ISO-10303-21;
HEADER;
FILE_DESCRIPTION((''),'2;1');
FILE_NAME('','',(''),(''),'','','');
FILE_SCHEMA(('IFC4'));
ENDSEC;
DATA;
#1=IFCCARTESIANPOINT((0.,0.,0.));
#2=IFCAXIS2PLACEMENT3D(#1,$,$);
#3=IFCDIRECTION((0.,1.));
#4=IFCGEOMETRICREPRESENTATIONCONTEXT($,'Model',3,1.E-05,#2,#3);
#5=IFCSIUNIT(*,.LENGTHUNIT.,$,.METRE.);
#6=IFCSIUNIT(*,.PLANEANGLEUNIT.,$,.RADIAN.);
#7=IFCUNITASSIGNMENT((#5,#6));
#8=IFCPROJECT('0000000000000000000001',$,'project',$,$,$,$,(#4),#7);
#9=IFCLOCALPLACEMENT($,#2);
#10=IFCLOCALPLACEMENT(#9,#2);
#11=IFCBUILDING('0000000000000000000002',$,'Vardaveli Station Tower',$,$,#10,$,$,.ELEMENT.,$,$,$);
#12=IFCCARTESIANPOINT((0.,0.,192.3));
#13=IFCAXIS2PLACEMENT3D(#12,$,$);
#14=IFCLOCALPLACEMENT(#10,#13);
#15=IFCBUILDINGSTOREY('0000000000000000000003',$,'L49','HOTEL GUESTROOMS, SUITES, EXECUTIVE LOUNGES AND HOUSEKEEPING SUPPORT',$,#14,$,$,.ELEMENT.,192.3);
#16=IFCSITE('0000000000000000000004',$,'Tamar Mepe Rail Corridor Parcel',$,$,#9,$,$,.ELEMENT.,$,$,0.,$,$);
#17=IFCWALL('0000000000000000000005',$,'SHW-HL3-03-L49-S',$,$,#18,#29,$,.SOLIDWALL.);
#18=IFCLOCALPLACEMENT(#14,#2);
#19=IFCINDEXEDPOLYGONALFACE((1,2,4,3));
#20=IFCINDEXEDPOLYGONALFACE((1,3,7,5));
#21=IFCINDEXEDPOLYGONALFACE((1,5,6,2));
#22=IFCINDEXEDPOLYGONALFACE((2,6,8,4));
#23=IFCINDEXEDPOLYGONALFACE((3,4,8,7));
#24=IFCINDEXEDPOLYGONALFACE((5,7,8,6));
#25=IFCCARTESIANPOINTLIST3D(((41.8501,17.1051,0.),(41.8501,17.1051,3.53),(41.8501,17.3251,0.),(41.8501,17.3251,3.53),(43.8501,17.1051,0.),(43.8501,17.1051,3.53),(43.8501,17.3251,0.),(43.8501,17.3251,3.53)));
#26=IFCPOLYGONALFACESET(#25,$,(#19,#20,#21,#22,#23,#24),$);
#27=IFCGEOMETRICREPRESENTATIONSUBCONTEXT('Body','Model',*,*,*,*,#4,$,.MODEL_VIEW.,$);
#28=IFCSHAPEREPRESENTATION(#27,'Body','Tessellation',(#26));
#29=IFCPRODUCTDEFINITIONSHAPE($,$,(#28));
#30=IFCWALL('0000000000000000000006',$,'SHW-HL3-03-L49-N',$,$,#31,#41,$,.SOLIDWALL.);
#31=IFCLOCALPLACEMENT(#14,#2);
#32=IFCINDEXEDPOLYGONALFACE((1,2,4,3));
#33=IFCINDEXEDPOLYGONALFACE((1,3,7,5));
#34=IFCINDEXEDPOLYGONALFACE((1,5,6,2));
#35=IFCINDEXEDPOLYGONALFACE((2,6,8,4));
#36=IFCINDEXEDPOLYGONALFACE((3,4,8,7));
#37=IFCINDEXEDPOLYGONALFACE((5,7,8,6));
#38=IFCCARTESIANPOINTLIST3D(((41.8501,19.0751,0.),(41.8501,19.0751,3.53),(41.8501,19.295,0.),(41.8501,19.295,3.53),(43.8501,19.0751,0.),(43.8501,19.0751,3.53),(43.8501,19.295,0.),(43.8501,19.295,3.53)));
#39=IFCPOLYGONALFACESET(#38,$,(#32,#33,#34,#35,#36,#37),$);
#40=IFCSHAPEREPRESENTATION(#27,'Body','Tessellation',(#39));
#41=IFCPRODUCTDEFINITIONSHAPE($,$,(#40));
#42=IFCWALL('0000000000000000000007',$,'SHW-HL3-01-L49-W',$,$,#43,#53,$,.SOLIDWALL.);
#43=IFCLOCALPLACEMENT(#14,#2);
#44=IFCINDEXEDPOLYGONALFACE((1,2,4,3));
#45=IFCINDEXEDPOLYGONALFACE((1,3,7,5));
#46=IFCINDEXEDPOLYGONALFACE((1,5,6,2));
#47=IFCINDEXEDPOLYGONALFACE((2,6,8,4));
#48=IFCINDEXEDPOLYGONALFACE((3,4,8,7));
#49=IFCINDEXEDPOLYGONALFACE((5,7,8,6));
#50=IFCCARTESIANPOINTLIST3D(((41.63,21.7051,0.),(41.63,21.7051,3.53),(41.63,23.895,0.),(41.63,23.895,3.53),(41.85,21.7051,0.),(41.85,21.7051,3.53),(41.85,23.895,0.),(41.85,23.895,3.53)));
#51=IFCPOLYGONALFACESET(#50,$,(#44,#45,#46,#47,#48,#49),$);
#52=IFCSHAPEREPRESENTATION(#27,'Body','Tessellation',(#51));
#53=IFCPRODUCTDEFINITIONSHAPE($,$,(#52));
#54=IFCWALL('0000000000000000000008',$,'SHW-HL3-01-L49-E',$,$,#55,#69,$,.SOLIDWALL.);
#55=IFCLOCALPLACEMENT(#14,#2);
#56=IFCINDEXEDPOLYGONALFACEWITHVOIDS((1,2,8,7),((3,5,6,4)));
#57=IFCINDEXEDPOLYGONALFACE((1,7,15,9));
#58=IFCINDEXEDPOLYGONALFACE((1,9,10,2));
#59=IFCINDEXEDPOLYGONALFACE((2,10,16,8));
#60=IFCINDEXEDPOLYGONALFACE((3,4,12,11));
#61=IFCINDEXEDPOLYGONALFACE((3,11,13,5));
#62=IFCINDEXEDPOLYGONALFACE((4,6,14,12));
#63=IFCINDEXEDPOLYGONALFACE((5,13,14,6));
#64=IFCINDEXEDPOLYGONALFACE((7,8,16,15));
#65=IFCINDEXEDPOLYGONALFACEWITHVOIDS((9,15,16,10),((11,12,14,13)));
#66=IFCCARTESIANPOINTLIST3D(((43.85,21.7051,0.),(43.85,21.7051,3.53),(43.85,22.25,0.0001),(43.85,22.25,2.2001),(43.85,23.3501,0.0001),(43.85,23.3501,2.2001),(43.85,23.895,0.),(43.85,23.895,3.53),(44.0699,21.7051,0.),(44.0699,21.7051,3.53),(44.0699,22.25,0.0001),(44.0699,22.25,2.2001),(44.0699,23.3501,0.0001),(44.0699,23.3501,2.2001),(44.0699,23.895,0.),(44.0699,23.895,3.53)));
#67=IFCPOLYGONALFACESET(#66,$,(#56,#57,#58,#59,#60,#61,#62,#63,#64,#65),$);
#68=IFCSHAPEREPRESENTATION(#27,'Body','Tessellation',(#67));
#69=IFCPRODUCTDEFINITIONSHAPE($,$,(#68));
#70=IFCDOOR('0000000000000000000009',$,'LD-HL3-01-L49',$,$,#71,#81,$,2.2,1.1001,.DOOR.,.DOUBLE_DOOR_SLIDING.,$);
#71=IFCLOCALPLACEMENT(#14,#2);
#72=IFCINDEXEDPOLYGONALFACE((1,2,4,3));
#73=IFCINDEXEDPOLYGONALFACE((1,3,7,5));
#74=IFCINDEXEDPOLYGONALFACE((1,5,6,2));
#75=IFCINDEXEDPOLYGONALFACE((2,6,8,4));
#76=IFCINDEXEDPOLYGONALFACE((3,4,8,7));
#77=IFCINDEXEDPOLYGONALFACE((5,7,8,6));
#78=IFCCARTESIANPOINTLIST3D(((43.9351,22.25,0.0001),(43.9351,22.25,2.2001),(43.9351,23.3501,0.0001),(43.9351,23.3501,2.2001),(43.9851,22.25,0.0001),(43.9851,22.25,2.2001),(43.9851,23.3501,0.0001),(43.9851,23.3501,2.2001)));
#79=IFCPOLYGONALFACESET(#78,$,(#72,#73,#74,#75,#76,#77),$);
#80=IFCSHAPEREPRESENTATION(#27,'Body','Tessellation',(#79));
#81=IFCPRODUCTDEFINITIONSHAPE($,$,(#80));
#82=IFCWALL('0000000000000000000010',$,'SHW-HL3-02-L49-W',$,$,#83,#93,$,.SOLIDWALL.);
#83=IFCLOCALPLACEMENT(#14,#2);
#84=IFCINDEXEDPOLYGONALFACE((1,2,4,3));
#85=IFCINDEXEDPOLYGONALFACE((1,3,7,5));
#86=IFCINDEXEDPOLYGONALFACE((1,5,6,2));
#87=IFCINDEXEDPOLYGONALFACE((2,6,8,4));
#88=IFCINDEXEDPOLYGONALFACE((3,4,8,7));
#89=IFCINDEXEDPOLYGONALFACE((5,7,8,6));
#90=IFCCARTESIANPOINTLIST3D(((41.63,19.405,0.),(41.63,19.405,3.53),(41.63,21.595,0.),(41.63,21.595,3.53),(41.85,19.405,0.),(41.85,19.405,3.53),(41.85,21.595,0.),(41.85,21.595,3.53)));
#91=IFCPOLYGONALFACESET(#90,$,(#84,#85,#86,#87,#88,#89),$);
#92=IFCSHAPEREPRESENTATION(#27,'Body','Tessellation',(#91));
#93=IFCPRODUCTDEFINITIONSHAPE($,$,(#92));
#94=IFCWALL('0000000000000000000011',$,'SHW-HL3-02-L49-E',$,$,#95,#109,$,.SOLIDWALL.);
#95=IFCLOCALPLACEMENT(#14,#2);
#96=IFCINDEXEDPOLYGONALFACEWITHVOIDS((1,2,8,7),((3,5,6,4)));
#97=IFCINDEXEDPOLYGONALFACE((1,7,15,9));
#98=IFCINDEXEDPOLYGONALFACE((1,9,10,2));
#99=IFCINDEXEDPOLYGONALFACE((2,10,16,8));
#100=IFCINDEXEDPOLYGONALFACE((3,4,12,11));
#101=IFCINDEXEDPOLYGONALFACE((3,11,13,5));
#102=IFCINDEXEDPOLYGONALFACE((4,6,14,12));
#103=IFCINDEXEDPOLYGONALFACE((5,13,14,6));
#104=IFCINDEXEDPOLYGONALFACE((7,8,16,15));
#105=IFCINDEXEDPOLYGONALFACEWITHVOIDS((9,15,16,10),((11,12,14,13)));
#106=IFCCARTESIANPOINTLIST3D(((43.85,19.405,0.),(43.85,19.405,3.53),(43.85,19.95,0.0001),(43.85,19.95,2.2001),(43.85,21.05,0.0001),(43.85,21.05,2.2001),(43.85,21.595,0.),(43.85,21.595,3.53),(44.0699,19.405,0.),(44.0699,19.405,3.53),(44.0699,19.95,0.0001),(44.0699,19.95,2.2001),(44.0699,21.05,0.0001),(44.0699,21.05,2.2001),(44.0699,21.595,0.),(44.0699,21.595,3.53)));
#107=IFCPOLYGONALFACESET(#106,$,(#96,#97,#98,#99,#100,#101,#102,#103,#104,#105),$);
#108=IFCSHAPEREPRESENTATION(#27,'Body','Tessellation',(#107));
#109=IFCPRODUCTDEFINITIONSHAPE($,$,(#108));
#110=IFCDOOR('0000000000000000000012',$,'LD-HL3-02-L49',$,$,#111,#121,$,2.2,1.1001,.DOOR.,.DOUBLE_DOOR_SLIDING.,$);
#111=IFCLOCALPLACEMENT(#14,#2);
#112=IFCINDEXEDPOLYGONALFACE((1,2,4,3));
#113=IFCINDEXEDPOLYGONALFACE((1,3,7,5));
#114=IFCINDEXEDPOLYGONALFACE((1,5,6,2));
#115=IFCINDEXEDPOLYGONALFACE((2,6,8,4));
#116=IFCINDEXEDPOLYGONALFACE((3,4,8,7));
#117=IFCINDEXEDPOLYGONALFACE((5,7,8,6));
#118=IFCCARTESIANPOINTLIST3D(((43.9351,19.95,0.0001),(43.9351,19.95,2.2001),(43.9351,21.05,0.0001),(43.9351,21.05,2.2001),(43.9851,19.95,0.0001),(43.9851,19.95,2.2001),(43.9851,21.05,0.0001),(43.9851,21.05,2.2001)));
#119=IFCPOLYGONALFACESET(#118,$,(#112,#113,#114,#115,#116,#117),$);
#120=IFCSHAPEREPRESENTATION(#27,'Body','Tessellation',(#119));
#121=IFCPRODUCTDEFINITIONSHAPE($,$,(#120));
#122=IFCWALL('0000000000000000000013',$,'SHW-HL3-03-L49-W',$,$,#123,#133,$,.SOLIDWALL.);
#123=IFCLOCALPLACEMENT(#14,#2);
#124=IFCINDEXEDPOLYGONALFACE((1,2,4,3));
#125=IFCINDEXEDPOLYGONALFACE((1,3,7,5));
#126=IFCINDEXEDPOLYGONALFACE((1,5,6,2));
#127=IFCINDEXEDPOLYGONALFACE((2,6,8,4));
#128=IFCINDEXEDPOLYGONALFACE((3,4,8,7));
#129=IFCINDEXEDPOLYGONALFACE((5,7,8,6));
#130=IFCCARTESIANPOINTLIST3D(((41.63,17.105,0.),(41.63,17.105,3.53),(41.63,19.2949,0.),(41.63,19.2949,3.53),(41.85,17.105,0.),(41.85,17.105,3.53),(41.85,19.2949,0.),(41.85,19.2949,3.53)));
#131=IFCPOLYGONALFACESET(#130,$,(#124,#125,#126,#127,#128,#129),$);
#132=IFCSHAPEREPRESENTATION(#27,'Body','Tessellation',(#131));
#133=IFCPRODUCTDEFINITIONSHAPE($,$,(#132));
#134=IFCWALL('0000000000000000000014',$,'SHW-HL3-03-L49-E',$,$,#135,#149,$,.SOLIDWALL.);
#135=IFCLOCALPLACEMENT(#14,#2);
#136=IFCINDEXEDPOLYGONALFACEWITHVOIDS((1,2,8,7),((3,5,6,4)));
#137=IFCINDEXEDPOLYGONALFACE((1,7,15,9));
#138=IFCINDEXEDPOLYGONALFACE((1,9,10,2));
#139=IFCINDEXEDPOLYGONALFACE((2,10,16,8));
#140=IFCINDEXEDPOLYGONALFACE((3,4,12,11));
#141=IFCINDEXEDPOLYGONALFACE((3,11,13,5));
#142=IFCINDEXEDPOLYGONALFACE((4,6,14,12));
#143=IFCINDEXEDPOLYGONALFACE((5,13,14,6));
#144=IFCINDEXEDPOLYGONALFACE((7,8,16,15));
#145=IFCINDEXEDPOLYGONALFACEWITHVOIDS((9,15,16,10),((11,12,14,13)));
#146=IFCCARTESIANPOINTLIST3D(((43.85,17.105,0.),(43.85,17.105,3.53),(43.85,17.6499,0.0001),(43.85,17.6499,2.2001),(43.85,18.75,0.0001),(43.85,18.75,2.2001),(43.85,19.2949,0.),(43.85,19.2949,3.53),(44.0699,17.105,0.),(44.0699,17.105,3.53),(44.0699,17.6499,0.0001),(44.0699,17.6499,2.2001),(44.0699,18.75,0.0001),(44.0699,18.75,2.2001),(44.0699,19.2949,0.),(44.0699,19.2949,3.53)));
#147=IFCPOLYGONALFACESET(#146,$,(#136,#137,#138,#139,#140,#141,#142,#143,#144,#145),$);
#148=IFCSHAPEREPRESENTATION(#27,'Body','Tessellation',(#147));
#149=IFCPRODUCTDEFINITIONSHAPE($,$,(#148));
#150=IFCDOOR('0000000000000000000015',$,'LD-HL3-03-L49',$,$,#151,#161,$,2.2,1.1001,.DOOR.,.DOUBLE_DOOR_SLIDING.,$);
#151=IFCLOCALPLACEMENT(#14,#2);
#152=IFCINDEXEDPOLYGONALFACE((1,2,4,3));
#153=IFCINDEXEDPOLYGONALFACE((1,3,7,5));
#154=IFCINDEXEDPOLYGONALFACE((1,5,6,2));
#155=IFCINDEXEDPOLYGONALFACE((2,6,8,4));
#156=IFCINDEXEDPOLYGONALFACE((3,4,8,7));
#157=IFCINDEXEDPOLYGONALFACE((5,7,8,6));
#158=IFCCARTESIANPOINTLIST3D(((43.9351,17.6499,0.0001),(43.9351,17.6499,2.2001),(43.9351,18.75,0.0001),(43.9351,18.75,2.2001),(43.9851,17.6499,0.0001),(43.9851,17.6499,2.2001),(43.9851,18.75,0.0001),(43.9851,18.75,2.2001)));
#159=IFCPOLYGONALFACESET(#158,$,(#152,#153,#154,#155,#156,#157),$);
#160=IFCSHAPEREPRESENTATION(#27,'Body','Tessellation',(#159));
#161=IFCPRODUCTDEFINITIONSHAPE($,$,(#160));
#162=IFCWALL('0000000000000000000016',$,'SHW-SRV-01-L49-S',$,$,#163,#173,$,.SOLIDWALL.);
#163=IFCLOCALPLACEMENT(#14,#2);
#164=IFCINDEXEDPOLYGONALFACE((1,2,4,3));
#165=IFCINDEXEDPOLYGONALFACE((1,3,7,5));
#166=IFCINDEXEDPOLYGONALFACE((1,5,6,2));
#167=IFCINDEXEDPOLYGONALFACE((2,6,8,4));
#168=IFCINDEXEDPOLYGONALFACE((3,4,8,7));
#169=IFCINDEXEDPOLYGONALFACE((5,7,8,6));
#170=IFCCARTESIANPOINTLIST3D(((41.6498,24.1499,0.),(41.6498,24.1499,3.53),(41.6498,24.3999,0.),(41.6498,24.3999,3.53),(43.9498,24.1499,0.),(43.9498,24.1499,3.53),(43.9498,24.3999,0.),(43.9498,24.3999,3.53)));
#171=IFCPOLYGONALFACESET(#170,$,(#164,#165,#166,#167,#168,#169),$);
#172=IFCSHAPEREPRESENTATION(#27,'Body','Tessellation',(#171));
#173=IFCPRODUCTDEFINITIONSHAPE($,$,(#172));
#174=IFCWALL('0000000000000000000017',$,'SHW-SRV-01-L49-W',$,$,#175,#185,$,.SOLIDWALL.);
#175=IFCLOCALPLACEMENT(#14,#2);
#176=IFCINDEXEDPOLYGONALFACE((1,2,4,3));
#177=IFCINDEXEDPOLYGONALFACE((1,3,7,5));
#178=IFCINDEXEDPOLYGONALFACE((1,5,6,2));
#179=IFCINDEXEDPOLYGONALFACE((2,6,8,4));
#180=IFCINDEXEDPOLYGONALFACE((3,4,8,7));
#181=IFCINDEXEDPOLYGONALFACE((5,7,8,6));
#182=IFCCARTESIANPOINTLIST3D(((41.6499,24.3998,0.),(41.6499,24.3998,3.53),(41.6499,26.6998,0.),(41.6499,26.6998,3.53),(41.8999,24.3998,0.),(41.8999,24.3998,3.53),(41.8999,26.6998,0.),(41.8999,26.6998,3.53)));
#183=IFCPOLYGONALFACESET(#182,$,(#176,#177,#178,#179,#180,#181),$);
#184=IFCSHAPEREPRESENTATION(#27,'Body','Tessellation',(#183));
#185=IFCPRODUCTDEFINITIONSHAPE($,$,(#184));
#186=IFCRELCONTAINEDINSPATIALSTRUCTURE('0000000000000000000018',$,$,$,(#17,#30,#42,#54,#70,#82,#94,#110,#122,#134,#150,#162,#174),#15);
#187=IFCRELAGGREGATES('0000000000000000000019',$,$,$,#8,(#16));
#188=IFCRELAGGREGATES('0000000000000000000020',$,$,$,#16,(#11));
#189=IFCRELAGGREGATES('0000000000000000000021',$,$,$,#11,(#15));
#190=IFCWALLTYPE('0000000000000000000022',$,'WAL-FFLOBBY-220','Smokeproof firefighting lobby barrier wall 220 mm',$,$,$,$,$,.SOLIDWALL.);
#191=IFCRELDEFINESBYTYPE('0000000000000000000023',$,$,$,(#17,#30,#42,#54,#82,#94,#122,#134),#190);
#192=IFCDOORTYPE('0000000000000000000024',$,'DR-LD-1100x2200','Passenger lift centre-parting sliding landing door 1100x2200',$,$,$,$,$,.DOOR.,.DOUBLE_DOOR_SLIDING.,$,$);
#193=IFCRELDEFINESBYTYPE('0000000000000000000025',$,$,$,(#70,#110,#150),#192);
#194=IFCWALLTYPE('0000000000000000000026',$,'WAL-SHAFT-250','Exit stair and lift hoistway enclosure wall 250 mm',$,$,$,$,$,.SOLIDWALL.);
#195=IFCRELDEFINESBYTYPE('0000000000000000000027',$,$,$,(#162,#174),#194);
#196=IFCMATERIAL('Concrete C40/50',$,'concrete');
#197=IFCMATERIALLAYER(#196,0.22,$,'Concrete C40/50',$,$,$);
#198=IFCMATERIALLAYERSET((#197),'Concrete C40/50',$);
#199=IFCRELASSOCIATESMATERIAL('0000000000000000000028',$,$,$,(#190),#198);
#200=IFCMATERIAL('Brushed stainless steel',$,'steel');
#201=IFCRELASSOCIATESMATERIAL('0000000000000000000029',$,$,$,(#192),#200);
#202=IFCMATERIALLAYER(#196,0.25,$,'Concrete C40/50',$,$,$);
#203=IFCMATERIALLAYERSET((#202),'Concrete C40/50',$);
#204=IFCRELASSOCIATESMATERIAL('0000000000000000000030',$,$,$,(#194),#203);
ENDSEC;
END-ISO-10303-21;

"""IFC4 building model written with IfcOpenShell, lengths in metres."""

from ifc_helpers import new_model, si_unit, direction, frame, frame_2d, origin, place, context, subcontext, project, spatial, rectangle, extrude, source, transform, mapped, material, layer, layer_set, type_object, element, fill, save


model = new_model("IFC4")

# Units and contexts
model_context = context("Model", 3, precision=1e-05, world=origin(), true_north=direction((0.0, 1.0)))
body_context = subcontext(model_context, "Body", "Model", "MODEL_VIEW")
ifc_project = project(units=[si_unit("LENGTHUNIT", "METRE"), si_unit("PLANEANGLEUNIT", "RADIAN")], contexts=[model_context])

# Site, building, storey
site_placement = place(None, origin())
site = spatial("IfcSite", under=ifc_project, at=site_placement, Name="Tamar Mepe Rail Corridor Parcel", CompositionType="ELEMENT", RefElevation=0.0)
building_placement = place(site_placement, origin())
building = spatial("IfcBuilding", under=site, at=building_placement, Name="Vardaveli Station Tower", CompositionType="ELEMENT")
storey_placement = place(building_placement, frame((0.0, 0.0, 192.3)))
storey = spatial("IfcBuildingStorey", under=building, at=storey_placement, Name="L49", Description="HOTEL GUESTROOMS, SUITES, EXECUTIVE LOUNGES AND HOUSEKEEPING SUPPORT", CompositionType="ELEMENT", Elevation=192.3)

# Walls
ifc_material_1 = material(Name="Concrete C40/50", Category="concrete")
ifc_layer_1 = layer(ifc_material_1, 0.22, Name="Concrete C40/50")
ifc_layer_set_1 = layer_set([ifc_layer_1], Name="Concrete C40/50")
wall_type_1 = type_object("IfcWallType", Name="WAL-FFLOBBY-220", Description="Smokeproof firefighting lobby barrier wall 220 mm", PredefinedType="SOLIDWALL", material=ifc_layer_set_1)
shared_shape_1 = source(origin(), body_context, "Body", "SweptSolid", [
    extrude(rectangle(XDim=2.0, YDim=0.22, at=frame_2d((1.0, 0.0))), origin(), (0.0, 0.0, 1.0), 3.53),
])
for number, where, z_axis, x_axis, name in (
    (1, (41.8501, 17.2151, 0.0), (0.0, 0.0, 1.0), (1.0, 0.0, 0.0), "SHW-HL3-03-L49-S"),
    (2, (41.8501, 19.1851, 0.0), (0.0, 0.0, 1.0), (1.0, 0.0, 0.0), "SHW-HL3-03-L49-N"),
):
    element("IfcWall", number, at=place(storey_placement, frame(where, z_axis=z_axis, x_axis=x_axis)), inside=storey, type_object=wall_type_1, Name=name, PredefinedType="SOLIDWALL", context=body_context, shape_type="MappedRepresentation", body=[
        mapped(shared_shape_1, transform((0.0, 0.0, 0.0), scale=1.0)),
    ])
shared_shape_2 = source(origin(), body_context, "Body", "SweptSolid", [
    extrude(rectangle(XDim=2.1899, YDim=0.22, at=frame_2d((1.095, 0.0))), origin(), (0.0, 0.0, 1.0), 3.53),
])
wall_1_placement = place(storey_placement, frame((41.74, 21.7051, 0.0), z_axis=(0.0, 0.0, 1.0), x_axis=(0.0, 1.0, 0.0)))
element("IfcWall", 3, at=wall_1_placement, inside=storey, type_object=wall_type_1, Name="SHW-HL3-01-L49-W", PredefinedType="SOLIDWALL", context=body_context, shape_type="MappedRepresentation", body=[
    mapped(shared_shape_2, transform((0.0, 0.0, 0.0), scale=1.0)),
])

# Wall, opening, door
wall_2_placement = place(storey_placement, frame((43.96, 21.7051, 0.0), z_axis=(0.0, 0.0, 1.0), x_axis=(0.0, 1.0, 0.0)))
wall_2 = element("IfcWall", 4, at=wall_2_placement, inside=storey, type_object=wall_type_1, Name="SHW-HL3-01-L49-E", PredefinedType="SOLIDWALL", context=body_context, shape_type="MappedRepresentation", body=[
    mapped(shared_shape_2, transform((0.0, 0.0, 0.0), scale=1.0)),
])
shared_shape_3 = source(origin(), body_context, "Body", "SweptSolid", [
    extrude(rectangle(XDim=1.1001, YDim=2.2, at=frame_2d((0.55, 1.1001))), frame((0.0, 0.1201, 0.0), z_axis=(0.0, -1.0, 0.0), x_axis=(1.0, 0.0, 0.0)), (0.0, 0.0, 1.0), 0.24),
])
opening_1_placement = place(wall_2_placement, frame((0.5449, 0.0, 0.0)))
opening_1 = element("IfcOpeningElement", 5, at=opening_1_placement, cuts=wall_2, PredefinedType="OPENING", context=body_context, shape_type="MappedRepresentation", body=[
    mapped(shared_shape_3, transform((0.0, 0.0, 0.0), scale=1.0)),
])
ifc_material_2 = material(Name="Brushed stainless steel", Category="steel")
door_type = type_object("IfcDoorType", Name="DR-LD-1100x2200", Description="Passenger lift centre-parting sliding landing door 1100x2200", OperationType="DOUBLE_DOOR_SLIDING", PredefinedType="DOOR", material=ifc_material_2)
shared_shape_4 = source(origin(), body_context, "Body", "SweptSolid", [
    extrude(rectangle(XDim=1.1001, YDim=2.2, at=frame_2d((0.55, 1.1001))), frame((0.0, 0.0249, 0.0), z_axis=(0.0, -1.0, 0.0), x_axis=(1.0, 0.0, 0.0)), (0.0, 0.0, 1.0), 0.05),
])
door_1_placement = place(opening_1_placement, origin())
door_1 = element("IfcDoor", 6, at=door_1_placement, inside=storey, type_object=door_type, Name="LD-HL3-01-L49", OperationType="DOUBLE_DOOR_SLIDING", OverallHeight=2.2, OverallWidth=1.1001, PredefinedType="DOOR", context=body_context, shape_type="MappedRepresentation", body=[
    mapped(shared_shape_4, transform((0.0, 0.0, 0.0), scale=1.0)),
])
fill(opening_1, door_1)

# Wall
wall_3_placement = place(storey_placement, frame((41.74, 19.405, 0.0), z_axis=(0.0, 0.0, 1.0), x_axis=(0.0, 1.0, 0.0)))
element("IfcWall", 7, at=wall_3_placement, inside=storey, type_object=wall_type_1, Name="SHW-HL3-02-L49-W", PredefinedType="SOLIDWALL", context=body_context, shape_type="MappedRepresentation", body=[
    mapped(shared_shape_2, transform((0.0, 0.0, 0.0), scale=1.0)),
])

# Wall, opening, door
wall_4_placement = place(storey_placement, frame((43.96, 19.405, 0.0), z_axis=(0.0, 0.0, 1.0), x_axis=(0.0, 1.0, 0.0)))
wall_4 = element("IfcWall", 8, at=wall_4_placement, inside=storey, type_object=wall_type_1, Name="SHW-HL3-02-L49-E", PredefinedType="SOLIDWALL", context=body_context, shape_type="MappedRepresentation", body=[
    mapped(shared_shape_2, transform((0.0, 0.0, 0.0), scale=1.0)),
])
opening_2_placement = place(wall_4_placement, frame((0.5449, 0.0, 0.0)))
opening_2 = element("IfcOpeningElement", 9, at=opening_2_placement, cuts=wall_4, PredefinedType="OPENING", context=body_context, shape_type="MappedRepresentation", body=[
    mapped(shared_shape_3, transform((0.0, 0.0, 0.0), scale=1.0)),
])
door_2_placement = place(opening_2_placement, origin())
door_2 = element("IfcDoor", 10, at=door_2_placement, inside=storey, type_object=door_type, Name="LD-HL3-02-L49", OperationType="DOUBLE_DOOR_SLIDING", OverallHeight=2.2, OverallWidth=1.1001, PredefinedType="DOOR", context=body_context, shape_type="MappedRepresentation", body=[
    mapped(shared_shape_4, transform((0.0, 0.0, 0.0), scale=1.0)),
])
fill(opening_2, door_2)

# Wall
wall_5_placement = place(storey_placement, frame((41.74, 17.105, 0.0), z_axis=(0.0, 0.0, 1.0), x_axis=(0.0, 1.0, 0.0)))
element("IfcWall", 11, at=wall_5_placement, inside=storey, type_object=wall_type_1, Name="SHW-HL3-03-L49-W", PredefinedType="SOLIDWALL", context=body_context, shape_type="MappedRepresentation", body=[
    mapped(shared_shape_2, transform((0.0, 0.0, 0.0), scale=1.0)),
])

# Wall, opening, door
wall_6_placement = place(storey_placement, frame((43.96, 17.105, 0.0), z_axis=(0.0, 0.0, 1.0), x_axis=(0.0, 1.0, 0.0)))
wall_6 = element("IfcWall", 12, at=wall_6_placement, inside=storey, type_object=wall_type_1, Name="SHW-HL3-03-L49-E", PredefinedType="SOLIDWALL", context=body_context, shape_type="MappedRepresentation", body=[
    mapped(shared_shape_2, transform((0.0, 0.0, 0.0), scale=1.0)),
])
opening_3_placement = place(wall_6_placement, frame((0.5449, 0.0, 0.0)))
opening_3 = element("IfcOpeningElement", 13, at=opening_3_placement, cuts=wall_6, PredefinedType="OPENING", context=body_context, shape_type="MappedRepresentation", body=[
    mapped(shared_shape_3, transform((0.0, 0.0, 0.0), scale=1.0)),
])
door_3_placement = place(opening_3_placement, origin())
door_3 = element("IfcDoor", 14, at=door_3_placement, inside=storey, type_object=door_type, Name="LD-HL3-03-L49", OperationType="DOUBLE_DOOR_SLIDING", OverallHeight=2.2, OverallWidth=1.1001, PredefinedType="DOOR", context=body_context, shape_type="MappedRepresentation", body=[
    mapped(shared_shape_4, transform((0.0, 0.0, 0.0), scale=1.0)),
])
fill(opening_3, door_3)

# Walls
ifc_layer_2 = layer(ifc_material_1, 0.25, Name="Concrete C40/50")
ifc_layer_set_2 = layer_set([ifc_layer_2], Name="Concrete C40/50")
wall_type_2 = type_object("IfcWallType", Name="WAL-SHAFT-250", Description="Exit stair and lift hoistway enclosure wall 250 mm", PredefinedType="SOLIDWALL", material=ifc_layer_set_2)
shared_shape_5 = source(origin(), body_context, "Body", "SweptSolid", [
    extrude(rectangle(XDim=2.3, YDim=0.25, at=frame_2d((1.1499, 0.0))), origin(), (0.0, 0.0, 1.0), 3.53),
])
for number, where, z_axis, x_axis, name in (
    (15, (41.6499, 24.2749, 0.0), (0.0, 0.0, 1.0), (1.0, 0.0, 0.0), "SHW-SRV-01-L49-S"),
    (16, (41.7749, 24.3999, 0.0), (0.0, 0.0, 1.0), (0.0, 1.0, 0.0), "SHW-SRV-01-L49-W"),
):
    element("IfcWall", number, at=place(storey_placement, frame(where, z_axis=z_axis, x_axis=x_axis)), inside=storey, type_object=wall_type_2, Name=name, PredefinedType="SOLIDWALL", context=body_context, shape_type="MappedRepresentation", body=[
        mapped(shared_shape_5, transform((0.0, 0.0, 0.0), scale=1.0)),
    ])

save(model, "model.ifc")
